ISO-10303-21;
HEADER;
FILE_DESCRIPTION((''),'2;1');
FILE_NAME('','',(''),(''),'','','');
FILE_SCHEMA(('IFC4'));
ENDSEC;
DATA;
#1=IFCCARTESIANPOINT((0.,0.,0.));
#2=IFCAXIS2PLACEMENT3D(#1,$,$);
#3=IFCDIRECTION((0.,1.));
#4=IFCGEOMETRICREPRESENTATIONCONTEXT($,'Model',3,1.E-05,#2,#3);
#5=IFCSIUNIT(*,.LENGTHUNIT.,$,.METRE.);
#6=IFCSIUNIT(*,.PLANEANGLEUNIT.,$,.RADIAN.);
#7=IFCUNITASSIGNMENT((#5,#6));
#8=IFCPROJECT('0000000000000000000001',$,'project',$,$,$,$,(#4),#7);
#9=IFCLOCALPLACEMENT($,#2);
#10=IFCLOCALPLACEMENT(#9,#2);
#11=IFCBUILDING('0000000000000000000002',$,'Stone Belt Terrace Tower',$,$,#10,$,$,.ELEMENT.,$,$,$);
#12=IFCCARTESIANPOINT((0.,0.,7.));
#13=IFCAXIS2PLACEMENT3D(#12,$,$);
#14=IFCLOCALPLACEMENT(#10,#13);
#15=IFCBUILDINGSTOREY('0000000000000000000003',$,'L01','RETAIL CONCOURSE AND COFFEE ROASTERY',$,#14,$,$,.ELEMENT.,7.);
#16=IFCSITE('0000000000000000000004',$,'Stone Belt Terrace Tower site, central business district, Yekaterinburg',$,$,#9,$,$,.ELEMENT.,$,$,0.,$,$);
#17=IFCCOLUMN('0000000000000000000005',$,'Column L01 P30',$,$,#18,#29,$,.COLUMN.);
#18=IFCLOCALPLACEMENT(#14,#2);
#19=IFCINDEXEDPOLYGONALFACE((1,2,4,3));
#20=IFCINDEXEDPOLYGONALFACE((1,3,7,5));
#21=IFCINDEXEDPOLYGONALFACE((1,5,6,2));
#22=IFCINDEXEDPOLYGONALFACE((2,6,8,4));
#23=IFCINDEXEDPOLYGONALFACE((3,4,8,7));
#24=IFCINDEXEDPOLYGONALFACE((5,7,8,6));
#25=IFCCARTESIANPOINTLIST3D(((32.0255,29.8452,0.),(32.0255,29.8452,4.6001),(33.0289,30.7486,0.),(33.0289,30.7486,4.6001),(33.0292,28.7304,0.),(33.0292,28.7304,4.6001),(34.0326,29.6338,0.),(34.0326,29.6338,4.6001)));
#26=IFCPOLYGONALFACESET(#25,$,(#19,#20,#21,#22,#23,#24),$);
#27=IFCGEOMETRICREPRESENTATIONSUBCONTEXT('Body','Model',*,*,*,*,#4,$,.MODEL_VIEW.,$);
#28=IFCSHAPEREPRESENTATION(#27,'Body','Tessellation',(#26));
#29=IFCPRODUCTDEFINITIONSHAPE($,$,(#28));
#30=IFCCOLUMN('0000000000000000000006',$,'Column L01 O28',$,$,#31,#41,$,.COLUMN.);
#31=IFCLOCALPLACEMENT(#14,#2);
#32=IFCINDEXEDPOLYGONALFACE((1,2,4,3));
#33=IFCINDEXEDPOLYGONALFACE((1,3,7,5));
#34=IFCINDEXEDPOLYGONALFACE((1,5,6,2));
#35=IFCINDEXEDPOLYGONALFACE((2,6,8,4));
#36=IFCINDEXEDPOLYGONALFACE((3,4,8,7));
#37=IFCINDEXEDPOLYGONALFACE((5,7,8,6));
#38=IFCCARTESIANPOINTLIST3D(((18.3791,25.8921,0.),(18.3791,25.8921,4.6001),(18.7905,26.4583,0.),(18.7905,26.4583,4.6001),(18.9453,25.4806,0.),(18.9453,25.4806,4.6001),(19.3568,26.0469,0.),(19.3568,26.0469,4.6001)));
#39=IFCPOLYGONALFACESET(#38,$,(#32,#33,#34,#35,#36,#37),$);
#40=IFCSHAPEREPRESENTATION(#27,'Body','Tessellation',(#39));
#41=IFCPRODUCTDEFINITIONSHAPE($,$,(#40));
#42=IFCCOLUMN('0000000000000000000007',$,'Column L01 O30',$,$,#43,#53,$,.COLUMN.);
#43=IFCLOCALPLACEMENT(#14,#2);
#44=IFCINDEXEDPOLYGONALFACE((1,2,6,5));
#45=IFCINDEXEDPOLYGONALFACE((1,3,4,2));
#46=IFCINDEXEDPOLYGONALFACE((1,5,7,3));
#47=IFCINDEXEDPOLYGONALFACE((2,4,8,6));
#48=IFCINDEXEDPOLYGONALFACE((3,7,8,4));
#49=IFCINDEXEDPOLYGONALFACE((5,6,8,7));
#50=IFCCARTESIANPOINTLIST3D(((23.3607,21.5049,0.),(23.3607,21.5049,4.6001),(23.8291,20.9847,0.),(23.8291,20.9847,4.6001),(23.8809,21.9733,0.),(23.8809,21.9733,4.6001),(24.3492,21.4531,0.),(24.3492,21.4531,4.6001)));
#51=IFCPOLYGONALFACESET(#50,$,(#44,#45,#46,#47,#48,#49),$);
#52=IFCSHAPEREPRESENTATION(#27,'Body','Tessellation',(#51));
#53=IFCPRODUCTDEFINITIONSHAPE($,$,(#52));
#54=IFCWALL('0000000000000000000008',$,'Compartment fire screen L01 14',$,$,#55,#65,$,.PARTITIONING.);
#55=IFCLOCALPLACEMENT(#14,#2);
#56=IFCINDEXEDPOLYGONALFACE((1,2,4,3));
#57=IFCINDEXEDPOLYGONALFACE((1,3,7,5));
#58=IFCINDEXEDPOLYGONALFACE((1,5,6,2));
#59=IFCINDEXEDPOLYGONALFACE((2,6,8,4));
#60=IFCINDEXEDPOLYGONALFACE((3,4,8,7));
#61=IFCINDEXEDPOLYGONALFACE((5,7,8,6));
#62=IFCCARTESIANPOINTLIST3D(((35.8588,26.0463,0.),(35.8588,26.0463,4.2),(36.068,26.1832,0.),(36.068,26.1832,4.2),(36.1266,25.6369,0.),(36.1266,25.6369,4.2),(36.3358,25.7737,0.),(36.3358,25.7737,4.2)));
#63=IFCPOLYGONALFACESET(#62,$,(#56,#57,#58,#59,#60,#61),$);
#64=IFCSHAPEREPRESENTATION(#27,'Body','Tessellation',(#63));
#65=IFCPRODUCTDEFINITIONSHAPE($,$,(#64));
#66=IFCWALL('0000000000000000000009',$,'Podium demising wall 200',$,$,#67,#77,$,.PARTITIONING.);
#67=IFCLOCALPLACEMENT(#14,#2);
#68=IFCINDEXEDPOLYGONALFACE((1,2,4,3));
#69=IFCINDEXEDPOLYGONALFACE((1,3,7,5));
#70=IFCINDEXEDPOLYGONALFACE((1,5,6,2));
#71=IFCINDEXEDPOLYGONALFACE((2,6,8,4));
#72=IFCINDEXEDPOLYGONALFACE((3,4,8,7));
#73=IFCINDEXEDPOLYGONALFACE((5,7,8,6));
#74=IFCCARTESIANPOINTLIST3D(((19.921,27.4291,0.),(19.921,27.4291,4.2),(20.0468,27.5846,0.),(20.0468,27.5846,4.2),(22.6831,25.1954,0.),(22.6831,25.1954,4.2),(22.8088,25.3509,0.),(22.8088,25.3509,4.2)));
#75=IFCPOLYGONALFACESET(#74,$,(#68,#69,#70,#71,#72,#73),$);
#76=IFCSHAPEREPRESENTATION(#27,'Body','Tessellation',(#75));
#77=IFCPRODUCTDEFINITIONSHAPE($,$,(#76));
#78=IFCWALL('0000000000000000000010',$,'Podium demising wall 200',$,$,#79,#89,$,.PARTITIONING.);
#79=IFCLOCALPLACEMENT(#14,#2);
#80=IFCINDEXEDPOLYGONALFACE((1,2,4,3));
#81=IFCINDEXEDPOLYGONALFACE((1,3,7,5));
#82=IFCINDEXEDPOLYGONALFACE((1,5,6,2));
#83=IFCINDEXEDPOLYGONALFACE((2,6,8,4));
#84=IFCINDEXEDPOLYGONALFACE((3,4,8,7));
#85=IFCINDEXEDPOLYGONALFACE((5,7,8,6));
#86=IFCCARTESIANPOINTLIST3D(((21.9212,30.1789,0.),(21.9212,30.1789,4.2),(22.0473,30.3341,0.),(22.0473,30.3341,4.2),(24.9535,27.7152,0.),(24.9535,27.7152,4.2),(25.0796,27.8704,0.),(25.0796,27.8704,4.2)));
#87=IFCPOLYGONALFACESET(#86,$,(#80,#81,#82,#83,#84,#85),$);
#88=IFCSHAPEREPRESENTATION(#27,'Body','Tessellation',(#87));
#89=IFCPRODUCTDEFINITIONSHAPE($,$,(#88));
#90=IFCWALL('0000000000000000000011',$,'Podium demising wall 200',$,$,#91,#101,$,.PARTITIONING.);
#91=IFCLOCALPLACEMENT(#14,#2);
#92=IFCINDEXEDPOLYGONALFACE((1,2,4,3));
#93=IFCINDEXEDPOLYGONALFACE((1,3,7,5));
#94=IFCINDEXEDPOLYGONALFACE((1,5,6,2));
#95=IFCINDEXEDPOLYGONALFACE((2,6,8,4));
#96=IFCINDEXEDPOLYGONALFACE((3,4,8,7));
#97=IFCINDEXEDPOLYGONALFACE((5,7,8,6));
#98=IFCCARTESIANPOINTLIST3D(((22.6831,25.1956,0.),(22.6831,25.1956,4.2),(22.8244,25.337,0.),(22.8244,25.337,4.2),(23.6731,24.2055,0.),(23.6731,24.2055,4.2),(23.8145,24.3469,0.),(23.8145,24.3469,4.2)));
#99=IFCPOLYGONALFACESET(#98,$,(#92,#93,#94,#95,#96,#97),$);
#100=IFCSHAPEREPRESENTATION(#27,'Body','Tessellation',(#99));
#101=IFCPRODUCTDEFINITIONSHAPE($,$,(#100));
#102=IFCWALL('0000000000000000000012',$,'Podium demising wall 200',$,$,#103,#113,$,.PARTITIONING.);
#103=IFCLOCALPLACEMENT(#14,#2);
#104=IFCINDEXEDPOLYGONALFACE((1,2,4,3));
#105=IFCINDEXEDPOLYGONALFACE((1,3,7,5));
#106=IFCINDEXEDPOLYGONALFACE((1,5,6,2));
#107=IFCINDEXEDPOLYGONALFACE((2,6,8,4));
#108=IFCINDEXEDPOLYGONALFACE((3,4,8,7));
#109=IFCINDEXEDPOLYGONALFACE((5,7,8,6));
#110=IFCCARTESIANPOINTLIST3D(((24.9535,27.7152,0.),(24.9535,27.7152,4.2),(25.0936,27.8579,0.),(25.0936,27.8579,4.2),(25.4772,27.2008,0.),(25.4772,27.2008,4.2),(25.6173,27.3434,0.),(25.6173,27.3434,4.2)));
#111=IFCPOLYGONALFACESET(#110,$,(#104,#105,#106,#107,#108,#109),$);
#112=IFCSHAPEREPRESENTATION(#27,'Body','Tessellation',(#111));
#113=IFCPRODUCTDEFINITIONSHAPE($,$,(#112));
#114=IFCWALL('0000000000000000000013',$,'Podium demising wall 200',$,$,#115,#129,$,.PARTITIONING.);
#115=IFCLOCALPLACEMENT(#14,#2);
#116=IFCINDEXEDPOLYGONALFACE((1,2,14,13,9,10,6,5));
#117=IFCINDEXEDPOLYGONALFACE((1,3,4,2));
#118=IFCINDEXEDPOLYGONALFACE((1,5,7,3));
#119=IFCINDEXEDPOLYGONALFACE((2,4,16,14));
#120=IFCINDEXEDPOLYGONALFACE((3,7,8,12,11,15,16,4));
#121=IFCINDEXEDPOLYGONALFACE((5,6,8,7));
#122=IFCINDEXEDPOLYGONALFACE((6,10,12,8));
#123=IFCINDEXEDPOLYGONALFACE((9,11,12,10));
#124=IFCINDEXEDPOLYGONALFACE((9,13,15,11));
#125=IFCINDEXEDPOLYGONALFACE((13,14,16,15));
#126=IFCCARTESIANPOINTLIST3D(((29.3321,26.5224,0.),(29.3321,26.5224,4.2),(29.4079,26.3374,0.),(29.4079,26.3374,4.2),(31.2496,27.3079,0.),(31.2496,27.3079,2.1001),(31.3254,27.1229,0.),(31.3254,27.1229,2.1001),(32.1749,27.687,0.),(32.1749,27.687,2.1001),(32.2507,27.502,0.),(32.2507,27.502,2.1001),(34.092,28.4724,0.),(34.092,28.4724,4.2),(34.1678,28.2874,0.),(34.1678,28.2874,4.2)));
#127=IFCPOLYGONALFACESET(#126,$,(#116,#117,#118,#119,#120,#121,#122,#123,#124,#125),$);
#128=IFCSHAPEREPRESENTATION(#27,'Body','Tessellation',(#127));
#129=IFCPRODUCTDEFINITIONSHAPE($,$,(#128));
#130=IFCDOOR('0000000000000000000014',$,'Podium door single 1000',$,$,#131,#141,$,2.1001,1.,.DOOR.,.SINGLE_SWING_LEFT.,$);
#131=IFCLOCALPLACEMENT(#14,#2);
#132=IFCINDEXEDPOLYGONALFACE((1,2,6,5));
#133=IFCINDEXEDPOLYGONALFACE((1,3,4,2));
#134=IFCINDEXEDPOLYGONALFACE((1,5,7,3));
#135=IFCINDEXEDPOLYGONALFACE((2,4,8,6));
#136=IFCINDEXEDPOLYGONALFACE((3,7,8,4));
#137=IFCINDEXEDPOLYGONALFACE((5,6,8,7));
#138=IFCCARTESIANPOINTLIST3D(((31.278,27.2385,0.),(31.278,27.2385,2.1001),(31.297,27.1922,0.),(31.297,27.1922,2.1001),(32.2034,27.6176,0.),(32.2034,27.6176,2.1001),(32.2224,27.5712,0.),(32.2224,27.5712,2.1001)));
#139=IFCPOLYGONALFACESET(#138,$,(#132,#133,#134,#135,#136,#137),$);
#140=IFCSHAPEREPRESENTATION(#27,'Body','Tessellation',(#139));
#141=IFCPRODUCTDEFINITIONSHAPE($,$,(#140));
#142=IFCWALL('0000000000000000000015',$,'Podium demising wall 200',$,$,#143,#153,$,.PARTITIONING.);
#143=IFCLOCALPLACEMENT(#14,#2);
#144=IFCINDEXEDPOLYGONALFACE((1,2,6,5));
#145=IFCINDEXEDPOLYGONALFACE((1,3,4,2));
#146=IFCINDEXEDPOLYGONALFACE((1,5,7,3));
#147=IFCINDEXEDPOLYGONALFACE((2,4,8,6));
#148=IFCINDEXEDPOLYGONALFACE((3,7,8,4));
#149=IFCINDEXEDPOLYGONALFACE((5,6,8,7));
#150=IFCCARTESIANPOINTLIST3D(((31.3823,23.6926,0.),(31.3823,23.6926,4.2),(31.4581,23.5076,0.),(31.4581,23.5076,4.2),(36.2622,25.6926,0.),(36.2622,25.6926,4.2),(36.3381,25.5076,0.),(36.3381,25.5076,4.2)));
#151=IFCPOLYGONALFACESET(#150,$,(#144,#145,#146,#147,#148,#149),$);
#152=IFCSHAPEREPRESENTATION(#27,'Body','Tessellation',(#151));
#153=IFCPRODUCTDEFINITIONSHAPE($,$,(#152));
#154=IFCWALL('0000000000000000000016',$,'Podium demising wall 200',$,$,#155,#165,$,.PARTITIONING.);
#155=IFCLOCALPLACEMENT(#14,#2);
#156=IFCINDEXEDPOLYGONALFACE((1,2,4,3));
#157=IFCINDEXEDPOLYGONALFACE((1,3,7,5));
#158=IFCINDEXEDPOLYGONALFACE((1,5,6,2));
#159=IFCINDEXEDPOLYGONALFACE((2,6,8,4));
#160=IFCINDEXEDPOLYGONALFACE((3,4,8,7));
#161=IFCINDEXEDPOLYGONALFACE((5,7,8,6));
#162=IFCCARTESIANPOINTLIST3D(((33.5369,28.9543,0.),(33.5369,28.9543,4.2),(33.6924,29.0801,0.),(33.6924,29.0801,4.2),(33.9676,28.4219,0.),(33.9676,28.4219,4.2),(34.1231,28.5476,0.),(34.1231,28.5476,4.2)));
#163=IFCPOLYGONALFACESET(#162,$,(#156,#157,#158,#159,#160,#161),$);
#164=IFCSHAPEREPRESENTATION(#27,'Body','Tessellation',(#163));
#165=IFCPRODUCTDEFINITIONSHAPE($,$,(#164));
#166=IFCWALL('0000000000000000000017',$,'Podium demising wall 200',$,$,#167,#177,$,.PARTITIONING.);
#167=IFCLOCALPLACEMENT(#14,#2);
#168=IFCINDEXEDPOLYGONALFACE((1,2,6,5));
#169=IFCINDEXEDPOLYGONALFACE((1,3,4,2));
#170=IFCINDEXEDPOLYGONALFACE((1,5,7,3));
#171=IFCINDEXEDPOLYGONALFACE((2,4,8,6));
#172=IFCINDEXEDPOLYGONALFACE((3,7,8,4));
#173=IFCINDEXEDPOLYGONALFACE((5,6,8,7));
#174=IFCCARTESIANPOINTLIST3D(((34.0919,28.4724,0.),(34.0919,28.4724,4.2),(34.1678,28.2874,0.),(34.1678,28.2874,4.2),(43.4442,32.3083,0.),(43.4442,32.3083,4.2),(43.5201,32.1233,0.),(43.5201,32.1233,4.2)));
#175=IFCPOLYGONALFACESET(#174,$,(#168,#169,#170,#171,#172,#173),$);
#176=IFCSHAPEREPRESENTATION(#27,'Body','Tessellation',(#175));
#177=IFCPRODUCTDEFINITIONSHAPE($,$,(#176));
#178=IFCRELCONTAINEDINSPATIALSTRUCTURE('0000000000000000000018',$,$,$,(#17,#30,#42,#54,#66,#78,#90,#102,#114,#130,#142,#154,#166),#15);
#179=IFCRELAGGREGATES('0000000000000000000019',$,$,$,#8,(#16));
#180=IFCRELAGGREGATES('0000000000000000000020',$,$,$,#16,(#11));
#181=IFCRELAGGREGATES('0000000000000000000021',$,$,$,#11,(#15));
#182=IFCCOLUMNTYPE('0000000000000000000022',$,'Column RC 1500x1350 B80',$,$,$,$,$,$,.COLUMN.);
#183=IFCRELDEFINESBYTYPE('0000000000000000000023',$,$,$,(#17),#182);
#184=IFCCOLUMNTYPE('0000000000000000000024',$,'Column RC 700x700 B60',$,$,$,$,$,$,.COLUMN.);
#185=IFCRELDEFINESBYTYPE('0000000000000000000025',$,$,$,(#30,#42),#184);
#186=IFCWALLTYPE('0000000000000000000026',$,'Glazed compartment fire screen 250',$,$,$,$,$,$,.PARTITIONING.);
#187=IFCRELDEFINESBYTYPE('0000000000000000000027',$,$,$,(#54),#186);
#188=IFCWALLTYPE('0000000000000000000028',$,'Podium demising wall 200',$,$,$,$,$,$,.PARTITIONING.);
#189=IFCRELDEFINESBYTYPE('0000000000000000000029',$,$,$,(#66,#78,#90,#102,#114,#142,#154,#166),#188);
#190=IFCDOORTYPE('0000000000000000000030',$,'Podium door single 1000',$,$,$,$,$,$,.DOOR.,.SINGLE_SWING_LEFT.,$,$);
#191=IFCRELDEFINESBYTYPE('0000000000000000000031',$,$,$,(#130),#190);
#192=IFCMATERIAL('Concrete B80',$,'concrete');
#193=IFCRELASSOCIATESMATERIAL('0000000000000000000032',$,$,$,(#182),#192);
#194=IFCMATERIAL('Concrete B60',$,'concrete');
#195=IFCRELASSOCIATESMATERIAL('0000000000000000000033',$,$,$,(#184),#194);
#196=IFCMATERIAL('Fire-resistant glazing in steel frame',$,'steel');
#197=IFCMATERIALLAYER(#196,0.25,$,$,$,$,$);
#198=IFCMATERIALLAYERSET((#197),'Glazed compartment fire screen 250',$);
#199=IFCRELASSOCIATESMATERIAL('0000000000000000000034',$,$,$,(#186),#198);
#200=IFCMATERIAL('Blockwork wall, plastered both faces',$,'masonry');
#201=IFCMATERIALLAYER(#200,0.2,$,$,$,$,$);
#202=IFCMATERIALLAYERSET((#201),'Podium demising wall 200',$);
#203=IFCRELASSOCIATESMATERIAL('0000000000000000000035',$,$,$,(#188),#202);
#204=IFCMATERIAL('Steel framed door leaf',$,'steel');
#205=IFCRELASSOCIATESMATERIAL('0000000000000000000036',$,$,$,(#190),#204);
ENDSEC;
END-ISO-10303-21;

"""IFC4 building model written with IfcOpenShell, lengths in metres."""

from ifc_helpers import new_model, si_unit, direction, frame, frame_2d, origin, origin_2d, place, context, subcontext, project, spatial, rectangle, extrude, material, layer, layer_set, material_profile, profile_set, type_object, element, fill, save


model = new_model("IFC4")

# Units and contexts
model_context = context("Model", 3, precision=1e-05, world=origin(), true_north=direction((0.0, 1.0)))
body_context = subcontext(model_context, "Body", "Model", "MODEL_VIEW")
ifc_project = project(units=[si_unit("LENGTHUNIT", "METRE"), si_unit("PLANEANGLEUNIT", "RADIAN")], contexts=[model_context])

# Site, building, storey
site_placement = place(None, origin())
site = spatial("IfcSite", under=ifc_project, at=site_placement, Name="Stone Belt Terrace Tower site, central business district, Yekaterinburg", CompositionType="ELEMENT", RefElevation=0.0)
building_placement = place(site_placement, origin())
building = spatial("IfcBuilding", under=site, at=building_placement, Name="Stone Belt Terrace Tower", CompositionType="ELEMENT")
storey_placement = place(building_placement, frame((0.0, 0.0, 7.0)))
storey = spatial("IfcBuildingStorey", under=building, at=storey_placement, Name="L01", Description="RETAIL CONCOURSE AND COFFEE ROASTERY", CompositionType="ELEMENT", Elevation=7.0)

# Columns
ifc_material_1 = material(Name="Concrete B80", Category="concrete")
ifc_material_profile_1 = material_profile(ifc_material_1, rectangle(XDim=1.5, YDim=1.3501, at=origin_2d()), Name="RC 1500x1350")
ifc_profile_set_1 = profile_set([ifc_material_profile_1], Name="Concrete B80")
column_type_1 = type_object("IfcColumnType", Name="Column RC 1500x1350 B80", PredefinedType="COLUMN", material=ifc_profile_set_1)
column_placement = place(storey_placement, frame((33.0291, 29.7395, 0.0), z_axis=(0.0, 0.0, 1.0), x_axis=(0.669131, -0.743145, 0.0)))
element("IfcColumn", 1, at=column_placement, inside=storey, type_object=column_type_1, Name="Column L01 P30", PredefinedType="COLUMN", context=body_context, shape_type="SweptSolid", body=[
    extrude(rectangle(XDim=1.5, YDim=1.3501, at=origin_2d()), origin(), (0.0, 0.0, 1.0), 4.6001),
])
ifc_material_2 = material(Name="Concrete B60", Category="concrete")
ifc_material_profile_2 = material_profile(ifc_material_2, rectangle(XDim=0.7, YDim=0.7, at=origin_2d()), Name="RC 700x700")
ifc_profile_set_2 = profile_set([ifc_material_profile_2], Name="Concrete B60")
column_type_2 = type_object("IfcColumnType", Name="Column RC 700x700 B60", PredefinedType="COLUMN", material=ifc_profile_set_2)
for number, where, z_axis, x_axis, name in (
    (2, (18.8679, 25.9695, 0.0), (0.0, 0.0, 1.0), (0.809017, -0.587785, 0.0), "Column L01 O28"),
    (3, (23.855, 21.479, 0.0), (0.0, 0.0, 1.0), (0.669131, -0.743145, 0.0), "Column L01 O30"),
):
    element("IfcColumn", number, at=place(storey_placement, frame(where, z_axis=z_axis, x_axis=x_axis)), inside=storey, type_object=column_type_2, Name=name, PredefinedType="COLUMN", context=body_context, shape_type="SweptSolid", body=[
        extrude(rectangle(XDim=0.7, YDim=0.7, at=origin_2d()), origin(), (0.0, 0.0, 1.0), 4.6001),
    ])

# Walls
ifc_material_3 = material(Name="Fire-resistant glazing in steel frame", Category="steel")
ifc_layer_1 = layer(ifc_material_3, 0.25)
ifc_layer_set_1 = layer_set([ifc_layer_1], Name="Glazed compartment fire screen 250")
wall_type_1 = type_object("IfcWallType", Name="Glazed compartment fire screen 250", PredefinedType="PARTITIONING", material=ifc_layer_set_1)
wall_1_placement = place(storey_placement, frame((35.9634, 26.1147, 0.0), z_axis=(0.0, 0.0, 1.0), x_axis=(0.547424, -0.836855, 0.0)))
element("IfcWall", 4, at=wall_1_placement, inside=storey, type_object=wall_type_1, Name="Compartment fire screen L01 14", PredefinedType="PARTITIONING", context=body_context, shape_type="SweptSolid", body=[
    extrude(rectangle(XDim=0.4893, YDim=0.25, at=frame_2d((0.2446, 0.0))), origin(), (0.0, 0.0, 1.0), 4.2),
])
ifc_material_4 = material(Name="Blockwork wall, plastered both faces", Category="masonry")
ifc_layer_2 = layer(ifc_material_4, 0.2)
ifc_layer_set_2 = layer_set([ifc_layer_2], Name="Podium demising wall 200")
wall_type_2 = type_object("IfcWallType", Name="Podium demising wall 200", PredefinedType="PARTITIONING", material=ifc_layer_set_2)
wall_2_placement = place(storey_placement, frame((19.9839, 27.5068, 0.0), z_axis=(0.0, 0.0, 1.0), x_axis=(0.777552, -0.628819, 0.0)))
element("IfcWall", 5, at=wall_2_placement, inside=storey, type_object=wall_type_2, Name="Podium demising wall 200", PredefinedType="PARTITIONING", context=body_context, shape_type="SweptSolid", body=[
    extrude(rectangle(XDim=3.5522, YDim=0.2, at=frame_2d((1.7761, 0.0))), origin(), (0.0, 0.0, 1.0), 4.2),
])
wall_3_placement = place(storey_placement, frame((21.9841, 30.2566, 0.0), z_axis=(0.0, 0.0, 1.0), x_axis=(0.776122, -0.630583, 0.0)))
element("IfcWall", 6, at=wall_3_placement, inside=storey, type_object=wall_type_2, Name="Podium demising wall 200", PredefinedType="PARTITIONING", context=body_context, shape_type="SweptSolid", body=[
    extrude(rectangle(XDim=3.907, YDim=0.2, at=frame_2d((1.9536, 0.0))), origin(), (0.0, 0.0, 1.0), 4.2),
])
wall_4_placement = place(storey_placement, frame((22.7537, 25.2664, 0.0), z_axis=(0.0, 0.0, 1.0), x_axis=(0.707107, -0.707107, 0.0)))
element("IfcWall", 7, at=wall_4_placement, inside=storey, type_object=wall_type_2, Name="Podium demising wall 200", PredefinedType="PARTITIONING", context=body_context, shape_type="SweptSolid", body=[
    extrude(rectangle(XDim=1.4001, YDim=0.2, at=frame_2d((0.7002, 0.0))), origin(), (0.0, 0.0, 1.0), 4.2),
])
wall_5_placement = place(storey_placement, frame((25.0234, 27.7866, 0.0), z_axis=(0.0, 0.0, 1.0), x_axis=(0.713398, -0.700759, 0.0)))
element("IfcWall", 8, at=wall_5_placement, inside=storey, type_object=wall_type_2, Name="Podium demising wall 200", PredefinedType="PARTITIONING", context=body_context, shape_type="SweptSolid", body=[
    extrude(rectangle(XDim=0.7341, YDim=0.2, at=frame_2d((0.3672, 0.0))), origin(), (0.0, 0.0, 1.0), 4.2),
])

# Wall, opening, door
wall_6_placement = place(storey_placement, frame((29.3701, 26.4299, 0.0), z_axis=(0.0, 0.0, 1.0), x_axis=(0.925358, 0.379095, 0.0)))
wall_6 = element("IfcWall", 9, at=wall_6_placement, inside=storey, type_object=wall_type_2, Name="Podium demising wall 200", PredefinedType="PARTITIONING", context=body_context, shape_type="SweptSolid", body=[
    extrude(rectangle(XDim=5.1438, YDim=0.2, at=frame_2d((2.5718, 0.0))), origin(), (0.0, 0.0, 1.0), 4.2),
])
opening_1_placement = place(wall_6_placement, frame((2.072, 0.0, 0.0)))
opening_1 = element("IfcOpeningElement", 10, at=opening_1_placement, cuts=wall_6, PredefinedType="OPENING", context=body_context, shape_type="SweptSolid", body=[
    extrude(rectangle(XDim=1.0, YDim=2.1001, at=frame_2d((0.5, 1.05))), frame((0.0, 0.1099, 0.0), z_axis=(0.0, -1.0, 0.0), x_axis=(1.0, 0.0, 0.0)), (0.0, 0.0, 1.0), 0.22),
])
ifc_material_5 = material(Name="Steel framed door leaf", Category="steel")
door_type_1 = type_object("IfcDoorType", Name="Podium door single 1000", OperationType="SINGLE_SWING_LEFT", PredefinedType="DOOR", material=ifc_material_5)
door_1_placement = place(opening_1_placement, origin())
door_1 = element("IfcDoor", 11, at=door_1_placement, inside=storey, type_object=door_type_1, Name="Podium door single 1000", OperationType="SINGLE_SWING_LEFT", OverallHeight=2.1001, OverallWidth=1.0, PredefinedType="DOOR", context=body_context, shape_type="SweptSolid", body=[
    extrude(rectangle(XDim=1.0, YDim=2.1001, at=frame_2d((0.5, 1.05))), frame((0.0, 0.0249, 0.0), z_axis=(0.0, -1.0, 0.0), x_axis=(1.0, 0.0, 0.0)), (0.0, 0.0, 1.0), 0.05),
])
fill(opening_1, door_1)

# Walls
wall_7_placement = place(storey_placement, frame((31.4202, 23.6001, 0.0), z_axis=(0.0, 0.0, 1.0), x_axis=(0.925302, 0.379231, 0.0)))
element("IfcWall", 12, at=wall_7_placement, inside=storey, type_object=wall_type_2, Name="Podium demising wall 200", PredefinedType="PARTITIONING", context=body_context, shape_type="SweptSolid", body=[
    extrude(rectangle(XDim=5.2739, YDim=0.2, at=frame_2d((2.637, 0.0))), origin(), (0.0, 0.0, 1.0), 4.2),
])
wall_8_placement = place(storey_placement, frame((33.6147, 29.0171, 0.0), z_axis=(0.0, 0.0, 1.0), x_axis=(0.62886, -0.777519, 0.0)))
element("IfcWall", 13, at=wall_8_placement, inside=storey, type_object=wall_type_2, Name="Podium demising wall 200", PredefinedType="PARTITIONING", context=body_context, shape_type="SweptSolid", body=[
    extrude(rectangle(XDim=0.6848, YDim=0.2, at=frame_2d((0.3423, 0.0))), origin(), (0.0, 0.0, 1.0), 4.2),
])
wall_9_placement = place(storey_placement, frame((34.1299, 28.3799, 0.0), z_axis=(0.0, 0.0, 1.0), x_axis=(0.9252, 0.37948, 0.0)))
element("IfcWall", 14, at=wall_9_placement, inside=storey, type_object=wall_type_2, Name="Podium demising wall 200", PredefinedType="PARTITIONING", context=body_context, shape_type="SweptSolid", body=[
    extrude(rectangle(XDim=10.1084, YDim=0.2, at=frame_2d((5.0542, 0.0))), origin(), (0.0, 0.0, 1.0), 4.2),
])

save(model, "model.ifc")
